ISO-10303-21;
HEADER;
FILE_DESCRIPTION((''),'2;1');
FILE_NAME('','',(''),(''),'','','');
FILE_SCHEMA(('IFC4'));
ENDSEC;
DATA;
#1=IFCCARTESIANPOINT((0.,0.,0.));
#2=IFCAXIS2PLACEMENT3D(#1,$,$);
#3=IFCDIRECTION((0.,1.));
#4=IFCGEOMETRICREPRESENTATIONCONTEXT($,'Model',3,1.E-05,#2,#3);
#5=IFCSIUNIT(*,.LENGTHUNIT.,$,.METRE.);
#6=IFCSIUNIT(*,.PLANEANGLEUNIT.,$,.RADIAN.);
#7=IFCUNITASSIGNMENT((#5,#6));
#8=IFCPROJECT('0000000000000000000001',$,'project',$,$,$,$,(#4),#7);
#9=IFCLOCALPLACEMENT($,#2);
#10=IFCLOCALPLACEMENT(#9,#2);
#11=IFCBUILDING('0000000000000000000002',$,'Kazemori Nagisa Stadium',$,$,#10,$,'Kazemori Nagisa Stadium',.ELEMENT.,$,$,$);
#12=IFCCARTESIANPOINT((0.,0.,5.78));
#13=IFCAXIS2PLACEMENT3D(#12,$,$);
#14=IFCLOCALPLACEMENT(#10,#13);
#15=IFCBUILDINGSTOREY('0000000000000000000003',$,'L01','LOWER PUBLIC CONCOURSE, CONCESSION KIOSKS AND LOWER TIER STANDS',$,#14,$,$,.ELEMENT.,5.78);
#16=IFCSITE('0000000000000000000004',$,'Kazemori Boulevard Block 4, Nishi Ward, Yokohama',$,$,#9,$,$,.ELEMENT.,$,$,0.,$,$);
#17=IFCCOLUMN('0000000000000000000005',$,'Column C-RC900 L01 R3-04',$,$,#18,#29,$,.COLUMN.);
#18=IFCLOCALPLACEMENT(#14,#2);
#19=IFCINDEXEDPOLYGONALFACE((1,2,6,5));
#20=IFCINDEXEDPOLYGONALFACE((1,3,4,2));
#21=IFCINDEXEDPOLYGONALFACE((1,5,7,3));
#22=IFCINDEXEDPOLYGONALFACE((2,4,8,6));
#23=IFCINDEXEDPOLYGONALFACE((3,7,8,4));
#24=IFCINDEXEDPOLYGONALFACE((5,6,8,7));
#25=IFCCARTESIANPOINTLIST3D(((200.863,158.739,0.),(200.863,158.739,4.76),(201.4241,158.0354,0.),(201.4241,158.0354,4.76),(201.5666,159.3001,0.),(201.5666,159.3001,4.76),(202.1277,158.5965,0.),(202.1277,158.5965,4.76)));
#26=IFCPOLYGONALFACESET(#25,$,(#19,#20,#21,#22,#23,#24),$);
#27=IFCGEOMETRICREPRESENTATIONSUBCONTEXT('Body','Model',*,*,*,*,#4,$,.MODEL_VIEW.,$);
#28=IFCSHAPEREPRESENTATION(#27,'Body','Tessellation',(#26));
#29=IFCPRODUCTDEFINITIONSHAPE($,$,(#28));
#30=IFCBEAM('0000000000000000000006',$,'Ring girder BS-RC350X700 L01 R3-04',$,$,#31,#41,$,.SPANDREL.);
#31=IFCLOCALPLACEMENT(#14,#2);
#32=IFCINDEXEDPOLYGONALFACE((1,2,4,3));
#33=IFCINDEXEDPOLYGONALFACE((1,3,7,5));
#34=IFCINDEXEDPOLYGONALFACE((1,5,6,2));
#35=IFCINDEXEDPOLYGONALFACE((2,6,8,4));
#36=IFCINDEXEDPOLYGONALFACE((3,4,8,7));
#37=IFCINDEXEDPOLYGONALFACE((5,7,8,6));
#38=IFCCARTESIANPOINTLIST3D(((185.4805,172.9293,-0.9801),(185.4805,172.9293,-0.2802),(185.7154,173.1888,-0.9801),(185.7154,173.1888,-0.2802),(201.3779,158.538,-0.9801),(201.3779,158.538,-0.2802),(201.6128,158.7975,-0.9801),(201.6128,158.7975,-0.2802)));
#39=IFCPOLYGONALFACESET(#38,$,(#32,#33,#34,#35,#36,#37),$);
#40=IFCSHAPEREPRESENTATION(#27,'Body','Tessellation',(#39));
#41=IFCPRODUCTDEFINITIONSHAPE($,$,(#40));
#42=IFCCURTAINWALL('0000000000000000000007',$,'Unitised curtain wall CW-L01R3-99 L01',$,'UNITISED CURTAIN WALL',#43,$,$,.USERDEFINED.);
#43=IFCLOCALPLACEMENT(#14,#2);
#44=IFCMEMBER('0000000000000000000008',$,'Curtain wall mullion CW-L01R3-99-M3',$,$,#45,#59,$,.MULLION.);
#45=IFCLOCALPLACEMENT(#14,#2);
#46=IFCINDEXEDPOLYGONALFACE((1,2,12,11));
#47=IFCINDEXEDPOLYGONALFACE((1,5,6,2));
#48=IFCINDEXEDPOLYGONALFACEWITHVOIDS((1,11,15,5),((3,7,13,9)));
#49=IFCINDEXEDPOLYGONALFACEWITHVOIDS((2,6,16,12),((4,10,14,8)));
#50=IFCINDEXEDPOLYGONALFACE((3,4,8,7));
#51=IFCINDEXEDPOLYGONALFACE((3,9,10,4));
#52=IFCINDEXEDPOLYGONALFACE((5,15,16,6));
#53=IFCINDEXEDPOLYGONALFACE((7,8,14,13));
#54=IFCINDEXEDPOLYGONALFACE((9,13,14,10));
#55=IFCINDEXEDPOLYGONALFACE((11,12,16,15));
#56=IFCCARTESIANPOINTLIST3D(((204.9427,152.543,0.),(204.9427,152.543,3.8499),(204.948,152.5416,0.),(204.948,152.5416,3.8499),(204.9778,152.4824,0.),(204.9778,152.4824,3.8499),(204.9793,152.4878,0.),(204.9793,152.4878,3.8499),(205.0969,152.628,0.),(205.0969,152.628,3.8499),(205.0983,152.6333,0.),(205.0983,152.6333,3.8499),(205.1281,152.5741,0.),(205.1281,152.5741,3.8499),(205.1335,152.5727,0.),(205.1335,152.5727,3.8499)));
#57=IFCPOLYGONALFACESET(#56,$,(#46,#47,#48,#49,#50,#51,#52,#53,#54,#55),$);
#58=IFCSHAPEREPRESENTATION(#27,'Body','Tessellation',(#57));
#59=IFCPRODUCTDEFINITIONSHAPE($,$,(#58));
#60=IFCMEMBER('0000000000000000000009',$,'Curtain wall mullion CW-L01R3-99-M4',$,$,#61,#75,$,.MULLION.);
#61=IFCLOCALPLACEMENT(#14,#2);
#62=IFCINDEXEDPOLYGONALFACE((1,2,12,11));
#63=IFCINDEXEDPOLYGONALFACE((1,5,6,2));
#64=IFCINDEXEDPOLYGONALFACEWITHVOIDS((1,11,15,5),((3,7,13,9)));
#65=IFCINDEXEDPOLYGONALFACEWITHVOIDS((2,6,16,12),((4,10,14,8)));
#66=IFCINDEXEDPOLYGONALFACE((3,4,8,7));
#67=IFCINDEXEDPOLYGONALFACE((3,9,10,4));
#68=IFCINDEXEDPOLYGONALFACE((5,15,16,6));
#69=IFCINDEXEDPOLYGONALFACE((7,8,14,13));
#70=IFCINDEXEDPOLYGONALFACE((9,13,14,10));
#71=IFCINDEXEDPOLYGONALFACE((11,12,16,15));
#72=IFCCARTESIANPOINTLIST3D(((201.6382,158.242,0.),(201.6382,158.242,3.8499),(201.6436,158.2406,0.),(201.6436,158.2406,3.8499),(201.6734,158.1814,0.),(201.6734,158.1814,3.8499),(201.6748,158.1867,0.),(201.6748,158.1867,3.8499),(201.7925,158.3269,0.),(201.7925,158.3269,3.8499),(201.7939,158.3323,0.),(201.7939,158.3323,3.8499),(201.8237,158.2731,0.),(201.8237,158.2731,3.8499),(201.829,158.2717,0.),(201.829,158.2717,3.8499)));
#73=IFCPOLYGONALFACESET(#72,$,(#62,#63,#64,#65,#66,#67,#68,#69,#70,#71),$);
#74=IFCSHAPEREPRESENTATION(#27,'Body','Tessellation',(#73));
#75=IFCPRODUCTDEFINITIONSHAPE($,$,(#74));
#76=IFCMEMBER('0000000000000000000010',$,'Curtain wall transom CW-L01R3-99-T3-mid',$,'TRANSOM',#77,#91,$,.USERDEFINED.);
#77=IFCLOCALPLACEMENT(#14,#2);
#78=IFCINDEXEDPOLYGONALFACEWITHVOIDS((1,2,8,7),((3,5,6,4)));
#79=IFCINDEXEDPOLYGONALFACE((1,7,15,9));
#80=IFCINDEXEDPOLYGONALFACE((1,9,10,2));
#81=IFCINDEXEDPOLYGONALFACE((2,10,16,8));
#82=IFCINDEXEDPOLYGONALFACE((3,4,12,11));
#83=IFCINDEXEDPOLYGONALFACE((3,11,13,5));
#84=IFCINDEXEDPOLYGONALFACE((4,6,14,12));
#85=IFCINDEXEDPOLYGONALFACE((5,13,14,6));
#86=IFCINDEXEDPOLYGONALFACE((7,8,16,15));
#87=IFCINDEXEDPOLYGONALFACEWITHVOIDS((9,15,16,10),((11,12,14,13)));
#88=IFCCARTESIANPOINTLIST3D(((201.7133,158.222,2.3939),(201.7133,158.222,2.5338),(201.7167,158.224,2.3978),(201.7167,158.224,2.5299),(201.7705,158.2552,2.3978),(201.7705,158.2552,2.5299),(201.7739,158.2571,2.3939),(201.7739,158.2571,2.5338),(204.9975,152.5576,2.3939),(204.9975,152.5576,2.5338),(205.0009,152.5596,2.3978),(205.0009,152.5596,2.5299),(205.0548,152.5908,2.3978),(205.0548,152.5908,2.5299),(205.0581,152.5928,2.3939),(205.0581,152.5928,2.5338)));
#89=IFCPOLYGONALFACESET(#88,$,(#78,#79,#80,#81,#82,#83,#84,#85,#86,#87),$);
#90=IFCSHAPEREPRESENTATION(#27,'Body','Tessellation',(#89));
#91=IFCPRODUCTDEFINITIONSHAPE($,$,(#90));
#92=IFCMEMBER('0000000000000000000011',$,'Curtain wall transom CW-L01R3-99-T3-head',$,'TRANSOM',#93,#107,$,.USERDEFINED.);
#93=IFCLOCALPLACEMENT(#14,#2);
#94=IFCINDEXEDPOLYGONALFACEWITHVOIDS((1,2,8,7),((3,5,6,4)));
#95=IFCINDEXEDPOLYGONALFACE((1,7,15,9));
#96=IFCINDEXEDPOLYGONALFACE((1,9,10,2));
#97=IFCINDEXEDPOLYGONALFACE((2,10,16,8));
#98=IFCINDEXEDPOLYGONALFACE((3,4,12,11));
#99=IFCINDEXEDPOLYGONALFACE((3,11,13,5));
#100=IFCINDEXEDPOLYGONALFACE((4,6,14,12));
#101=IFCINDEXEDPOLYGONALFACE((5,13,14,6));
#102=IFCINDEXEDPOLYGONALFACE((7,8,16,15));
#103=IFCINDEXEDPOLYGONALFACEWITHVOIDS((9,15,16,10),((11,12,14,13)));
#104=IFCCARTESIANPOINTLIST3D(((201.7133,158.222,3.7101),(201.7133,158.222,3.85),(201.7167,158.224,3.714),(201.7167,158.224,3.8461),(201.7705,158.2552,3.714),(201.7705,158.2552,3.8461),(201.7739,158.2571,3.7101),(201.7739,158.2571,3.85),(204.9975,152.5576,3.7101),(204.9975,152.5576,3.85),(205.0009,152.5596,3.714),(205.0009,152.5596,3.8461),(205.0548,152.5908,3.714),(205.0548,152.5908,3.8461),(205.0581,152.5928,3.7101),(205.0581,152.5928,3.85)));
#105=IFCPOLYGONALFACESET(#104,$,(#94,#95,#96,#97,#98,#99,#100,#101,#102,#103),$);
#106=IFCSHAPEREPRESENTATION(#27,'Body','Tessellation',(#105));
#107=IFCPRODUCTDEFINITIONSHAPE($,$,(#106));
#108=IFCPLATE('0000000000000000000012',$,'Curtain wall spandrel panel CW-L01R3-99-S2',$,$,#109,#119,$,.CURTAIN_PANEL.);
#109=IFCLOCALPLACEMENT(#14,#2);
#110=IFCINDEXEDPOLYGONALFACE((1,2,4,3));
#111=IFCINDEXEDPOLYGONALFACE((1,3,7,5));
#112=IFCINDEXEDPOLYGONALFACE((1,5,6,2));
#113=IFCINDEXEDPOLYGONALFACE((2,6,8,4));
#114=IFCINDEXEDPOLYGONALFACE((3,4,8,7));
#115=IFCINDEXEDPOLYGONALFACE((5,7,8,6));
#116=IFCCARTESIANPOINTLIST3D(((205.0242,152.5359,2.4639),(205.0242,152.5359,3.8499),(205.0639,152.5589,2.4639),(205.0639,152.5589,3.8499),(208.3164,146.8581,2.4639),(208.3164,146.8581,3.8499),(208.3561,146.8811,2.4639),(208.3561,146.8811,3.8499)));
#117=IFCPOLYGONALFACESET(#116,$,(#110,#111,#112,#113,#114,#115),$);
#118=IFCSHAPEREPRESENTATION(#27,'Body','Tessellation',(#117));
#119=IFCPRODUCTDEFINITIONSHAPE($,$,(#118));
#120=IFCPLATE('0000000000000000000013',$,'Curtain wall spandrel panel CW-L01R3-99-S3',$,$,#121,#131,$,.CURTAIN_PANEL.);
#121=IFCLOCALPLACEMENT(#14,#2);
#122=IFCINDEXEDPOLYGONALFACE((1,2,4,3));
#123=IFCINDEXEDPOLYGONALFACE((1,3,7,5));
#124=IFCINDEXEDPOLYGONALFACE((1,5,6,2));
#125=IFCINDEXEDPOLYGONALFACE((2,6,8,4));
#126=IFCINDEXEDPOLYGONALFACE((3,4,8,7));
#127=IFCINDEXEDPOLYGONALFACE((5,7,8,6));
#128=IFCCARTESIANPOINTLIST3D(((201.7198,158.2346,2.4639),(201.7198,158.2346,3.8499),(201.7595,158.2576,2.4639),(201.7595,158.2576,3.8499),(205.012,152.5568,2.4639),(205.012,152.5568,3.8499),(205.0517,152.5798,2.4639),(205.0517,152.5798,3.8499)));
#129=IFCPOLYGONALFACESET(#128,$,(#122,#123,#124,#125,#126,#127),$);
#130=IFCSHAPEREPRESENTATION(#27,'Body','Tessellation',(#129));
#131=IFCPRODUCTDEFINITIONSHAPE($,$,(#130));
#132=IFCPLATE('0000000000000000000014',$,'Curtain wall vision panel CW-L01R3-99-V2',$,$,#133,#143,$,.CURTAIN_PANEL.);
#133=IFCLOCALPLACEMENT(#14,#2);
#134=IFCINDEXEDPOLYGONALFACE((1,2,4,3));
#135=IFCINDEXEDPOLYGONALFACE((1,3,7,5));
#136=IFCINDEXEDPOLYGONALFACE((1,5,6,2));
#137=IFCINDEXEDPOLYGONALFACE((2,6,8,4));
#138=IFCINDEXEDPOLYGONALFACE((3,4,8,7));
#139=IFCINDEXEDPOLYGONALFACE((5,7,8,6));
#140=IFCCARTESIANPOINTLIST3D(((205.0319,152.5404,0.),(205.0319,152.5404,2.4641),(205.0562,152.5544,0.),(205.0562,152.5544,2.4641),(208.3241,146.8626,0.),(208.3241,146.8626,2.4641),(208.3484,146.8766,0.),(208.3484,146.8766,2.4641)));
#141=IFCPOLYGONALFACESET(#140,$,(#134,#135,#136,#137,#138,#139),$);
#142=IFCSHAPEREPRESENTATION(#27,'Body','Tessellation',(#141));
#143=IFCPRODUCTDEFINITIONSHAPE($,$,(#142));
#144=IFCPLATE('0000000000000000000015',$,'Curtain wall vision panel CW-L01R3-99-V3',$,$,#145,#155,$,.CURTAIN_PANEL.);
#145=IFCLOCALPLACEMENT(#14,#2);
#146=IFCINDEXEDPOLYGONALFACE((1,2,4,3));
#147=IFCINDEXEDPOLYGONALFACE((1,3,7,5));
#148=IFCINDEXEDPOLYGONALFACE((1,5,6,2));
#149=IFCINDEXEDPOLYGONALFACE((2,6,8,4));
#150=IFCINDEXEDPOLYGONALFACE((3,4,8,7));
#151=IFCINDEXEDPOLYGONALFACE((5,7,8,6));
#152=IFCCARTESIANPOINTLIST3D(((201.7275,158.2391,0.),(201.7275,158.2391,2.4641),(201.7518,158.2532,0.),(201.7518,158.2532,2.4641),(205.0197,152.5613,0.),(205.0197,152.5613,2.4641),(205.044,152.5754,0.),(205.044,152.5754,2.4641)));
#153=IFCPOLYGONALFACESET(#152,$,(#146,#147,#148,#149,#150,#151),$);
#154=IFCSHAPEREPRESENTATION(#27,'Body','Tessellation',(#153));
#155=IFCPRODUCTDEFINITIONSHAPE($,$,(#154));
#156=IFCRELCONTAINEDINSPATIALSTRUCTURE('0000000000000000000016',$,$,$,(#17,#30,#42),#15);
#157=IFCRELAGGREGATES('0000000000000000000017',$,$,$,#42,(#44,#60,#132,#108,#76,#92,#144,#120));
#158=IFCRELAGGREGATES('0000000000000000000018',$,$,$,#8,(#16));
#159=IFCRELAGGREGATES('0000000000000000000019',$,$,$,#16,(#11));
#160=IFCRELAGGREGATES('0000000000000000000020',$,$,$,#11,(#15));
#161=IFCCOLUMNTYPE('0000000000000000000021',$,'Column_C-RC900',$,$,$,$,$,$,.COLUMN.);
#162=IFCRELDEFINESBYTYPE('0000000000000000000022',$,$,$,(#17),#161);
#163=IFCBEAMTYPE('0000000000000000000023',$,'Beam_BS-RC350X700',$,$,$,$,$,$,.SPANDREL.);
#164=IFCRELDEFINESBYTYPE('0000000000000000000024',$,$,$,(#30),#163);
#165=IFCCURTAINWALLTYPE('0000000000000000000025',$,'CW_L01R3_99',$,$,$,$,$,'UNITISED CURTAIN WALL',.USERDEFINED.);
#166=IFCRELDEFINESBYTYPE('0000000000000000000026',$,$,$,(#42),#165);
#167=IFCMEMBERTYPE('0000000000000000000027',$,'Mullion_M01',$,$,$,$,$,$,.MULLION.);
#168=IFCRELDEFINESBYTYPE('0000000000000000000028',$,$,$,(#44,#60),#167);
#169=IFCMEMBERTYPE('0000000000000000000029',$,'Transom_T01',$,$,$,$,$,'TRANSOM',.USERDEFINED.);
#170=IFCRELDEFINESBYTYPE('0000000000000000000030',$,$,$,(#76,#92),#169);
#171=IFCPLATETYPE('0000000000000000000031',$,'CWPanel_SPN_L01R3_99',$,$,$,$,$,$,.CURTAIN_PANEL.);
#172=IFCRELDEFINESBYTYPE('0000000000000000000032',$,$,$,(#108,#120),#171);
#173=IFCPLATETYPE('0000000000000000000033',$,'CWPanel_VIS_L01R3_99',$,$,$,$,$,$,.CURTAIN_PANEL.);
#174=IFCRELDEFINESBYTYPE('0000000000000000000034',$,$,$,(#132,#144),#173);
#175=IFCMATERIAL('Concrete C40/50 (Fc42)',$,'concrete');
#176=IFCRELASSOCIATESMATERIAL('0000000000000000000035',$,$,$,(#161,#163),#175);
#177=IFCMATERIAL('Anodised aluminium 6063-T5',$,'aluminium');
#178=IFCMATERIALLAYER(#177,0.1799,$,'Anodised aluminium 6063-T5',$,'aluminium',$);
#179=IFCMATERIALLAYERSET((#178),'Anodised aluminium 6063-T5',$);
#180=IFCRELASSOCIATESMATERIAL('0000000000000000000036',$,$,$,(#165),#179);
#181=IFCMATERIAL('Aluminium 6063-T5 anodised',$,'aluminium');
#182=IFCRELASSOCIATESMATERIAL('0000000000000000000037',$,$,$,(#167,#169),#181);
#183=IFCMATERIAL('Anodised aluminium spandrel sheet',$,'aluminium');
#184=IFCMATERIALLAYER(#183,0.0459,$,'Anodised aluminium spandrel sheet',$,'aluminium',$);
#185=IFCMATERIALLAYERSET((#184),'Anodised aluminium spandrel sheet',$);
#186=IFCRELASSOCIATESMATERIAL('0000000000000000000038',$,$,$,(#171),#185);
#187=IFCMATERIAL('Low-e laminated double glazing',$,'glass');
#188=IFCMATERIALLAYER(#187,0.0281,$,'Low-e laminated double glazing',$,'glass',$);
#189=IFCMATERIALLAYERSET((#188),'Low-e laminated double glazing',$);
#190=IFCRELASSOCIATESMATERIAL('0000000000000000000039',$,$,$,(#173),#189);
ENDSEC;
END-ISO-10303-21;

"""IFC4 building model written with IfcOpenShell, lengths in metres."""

from ifc_helpers import new_model, si_unit, direction, frame, origin, origin_2d, place, context, subcontext, project, spatial, rectangle, hollow_rectangle, extrude, material, layer, layer_set, material_profile, profile_set, type_object, element, aggregate, save


model = new_model("IFC4")

# Units and contexts
model_context = context("Model", 3, precision=1e-05, world=origin(), true_north=direction((0.0, 1.0)))
body_context = subcontext(model_context, "Body", "Model", "MODEL_VIEW")
ifc_project = project(units=[si_unit("LENGTHUNIT", "METRE"), si_unit("PLANEANGLEUNIT", "RADIAN")], contexts=[model_context])

# Site, building, storey
site_placement = place(None, origin())
site = spatial("IfcSite", under=ifc_project, at=site_placement, Name="Kazemori Boulevard Block 4, Nishi Ward, Yokohama", CompositionType="ELEMENT", RefElevation=0.0)
building_placement = place(site_placement, origin())
building = spatial("IfcBuilding", under=site, at=building_placement, Name="Kazemori Nagisa Stadium", LongName="Kazemori Nagisa Stadium", CompositionType="ELEMENT")
storey_placement = place(building_placement, frame((0.0, 0.0, 5.78)))
storey = spatial("IfcBuildingStorey", under=building, at=storey_placement, Name="L01", Description="LOWER PUBLIC CONCOURSE, CONCESSION KIOSKS AND LOWER TIER STANDS", CompositionType="ELEMENT", Elevation=5.78)

# Column
ifc_material_1 = material(Name="Concrete C40/50 (Fc42)", Category="concrete")
ifc_material_profile_1 = material_profile(ifc_material_1, rectangle(XDim=0.8999, YDim=0.8999, at=origin_2d()), Name="RC-COL-900x900")
ifc_profile_set_1 = profile_set([ifc_material_profile_1], Name="Concrete C40/50 (Fc42)")
column_type = type_object("IfcColumnType", Name="Column_C-RC900", PredefinedType="COLUMN", material=ifc_profile_set_1)
column_placement = place(storey_placement, frame((201.4954, 158.6677, 0.0), z_axis=(0.0, 0.0, 1.0), x_axis=(0.781831, 0.62349, 0.0)))
element("IfcColumn", 1, at=column_placement, inside=storey, type_object=column_type, Name="Column C-RC900 L01 R3-04", PredefinedType="COLUMN", context=body_context, shape_type="SweptSolid", body=[
    extrude(rectangle(XDim=0.8999, YDim=0.8999, at=origin_2d()), origin(), (0.0, 0.0, 1.0), 4.76),
])

# Beam
ifc_material_profile_2 = material_profile(ifc_material_1, rectangle(XDim=0.3501, YDim=0.7, at=origin_2d()), Name="RC-SP-350x700")
ifc_profile_set_2 = profile_set([ifc_material_profile_2], Name="Concrete C40/50 (Fc42)")
beam_type = type_object("IfcBeamType", Name="Beam_BS-RC350X700", PredefinedType="SPANDREL", material=ifc_profile_set_2)
beam_placement = place(storey_placement, frame((201.4954, 158.6677, -0.6301), z_axis=(-0.741352, 0.671117, 0.0), x_axis=(-0.671117, -0.741352, 0.0)))
element("IfcBeam", 2, at=beam_placement, inside=storey, type_object=beam_type, Name="Ring girder BS-RC350X700 L01 R3-04", PredefinedType="SPANDREL", context=body_context, shape_type="SweptSolid", body=[
    extrude(rectangle(XDim=0.3501, YDim=0.7, at=origin_2d()), origin(), (0.0, 0.0, 1.0), 21.4438),
])

# Curtain wall, members, plates
ifc_material_2 = material(Name="Anodised aluminium 6063-T5", Category="aluminium")
ifc_layer_1 = layer(ifc_material_2, 0.1799, Name="Anodised aluminium 6063-T5", Category="aluminium")
ifc_layer_set_1 = layer_set([ifc_layer_1], Name="Anodised aluminium 6063-T5")
curtain_wall_type = type_object("IfcCurtainWallType", Name="CW_L01R3_99", ElementType="UNITISED CURTAIN WALL", PredefinedType="USERDEFINED", material=ifc_layer_set_1)
curtain_wall_placement = place(storey_placement, origin())
curtain_wall = element("IfcCurtainWall", 3, at=curtain_wall_placement, inside=storey, type_object=curtain_wall_type, Name="Unitised curtain wall CW-L01R3-99 L01", ObjectType="UNITISED CURTAIN WALL", PredefinedType="USERDEFINED")
ifc_material_3 = material(Name="Aluminium 6063-T5 anodised", Category="aluminium")
ifc_material_profile_3 = material_profile(ifc_material_3, hollow_rectangle(XDim=0.0701, YDim=0.1799, WallThickness=0.0039, at=origin_2d()), Name="ALU-MULL-70x180x4")
ifc_profile_set_3 = profile_set([ifc_material_profile_3], Name="Aluminium 6063-T5 anodised")
member_type_1 = type_object("IfcMemberType", Name="Mullion_M01", PredefinedType="MULLION", material=ifc_profile_set_3)
member_1_placement = place(storey_placement, frame((205.0381, 152.5579, 0.0), z_axis=(0.0, 0.0, 1.0), x_axis=(-0.501612, 0.865093, 0.0)))
member_1 = element("IfcMember", 4, at=member_1_placement, type_object=member_type_1, Name="Curtain wall mullion CW-L01R3-99-M3", PredefinedType="MULLION", context=body_context, shape_type="SweptSolid", body=[
    extrude(hollow_rectangle(XDim=0.0701, YDim=0.1799, WallThickness=0.0039, at=origin_2d()), origin(), (0.0, 0.0, 1.0), 3.8499),
])
member_2_placement = place(storey_placement, frame((201.7336, 158.2568, 0.0), z_axis=(0.0, 0.0, 1.0), x_axis=(-0.501612, 0.865093, 0.0)))
member_2 = element("IfcMember", 5, at=member_2_placement, type_object=member_type_1, Name="Curtain wall mullion CW-L01R3-99-M4", PredefinedType="MULLION", context=body_context, shape_type="SweptSolid", body=[
    extrude(hollow_rectangle(XDim=0.0701, YDim=0.1799, WallThickness=0.0039, at=origin_2d()), origin(), (0.0, 0.0, 1.0), 3.8499),
])
ifc_material_profile_4 = material_profile(ifc_material_3, hollow_rectangle(XDim=0.0701, YDim=0.1399, WallThickness=0.0039, at=origin_2d()), Name="ALU-TRAN-70x140x4")
ifc_profile_set_4 = profile_set([ifc_material_profile_4], Name="Aluminium 6063-T5 anodised")
member_type_2 = type_object("IfcMemberType", Name="Transom_T01", ElementType="TRANSOM", PredefinedType="USERDEFINED", material=ifc_profile_set_4)
member_3_placement = place(storey_placement, frame((205.0278, 152.5752, 2.4639), z_axis=(-0.50159, 0.865105, 0.0), x_axis=(-0.865105, -0.50159, 0.0)))
member_3 = element("IfcMember", 6, at=member_3_placement, type_object=member_type_2, Name="Curtain wall transom CW-L01R3-99-T3-mid", ObjectType="TRANSOM", PredefinedType="USERDEFINED", context=body_context, shape_type="SweptSolid", body=[
    extrude(hollow_rectangle(XDim=0.0701, YDim=0.1399, WallThickness=0.0039, at=origin_2d()), origin(), (0.0, 0.0, 1.0), 6.5476),
])
member_4_placement = place(storey_placement, frame((205.0278, 152.5752, 3.78), z_axis=(-0.50159, 0.865105, 0.0), x_axis=(-0.865105, -0.50159, 0.0)))
member_4 = element("IfcMember", 7, at=member_4_placement, type_object=member_type_2, Name="Curtain wall transom CW-L01R3-99-T3-head", ObjectType="TRANSOM", PredefinedType="USERDEFINED", context=body_context, shape_type="SweptSolid", body=[
    extrude(hollow_rectangle(XDim=0.0701, YDim=0.1399, WallThickness=0.0039, at=origin_2d()), origin(), (0.0, 0.0, 1.0), 6.5476),
])
ifc_material_4 = material(Name="Anodised aluminium spandrel sheet", Category="aluminium")
ifc_layer_2 = layer(ifc_material_4, 0.0459, Name="Anodised aluminium spandrel sheet", Category="aluminium")
ifc_layer_set_2 = layer_set([ifc_layer_2], Name="Anodised aluminium spandrel sheet")
plate_type_1 = type_object("IfcPlateType", Name="CWPanel_SPN_L01R3_99", PredefinedType="CURTAIN_PANEL", material=ifc_layer_set_2)
plate_1_placement = place(storey_placement, frame((206.6902, 149.7085, 2.4639), z_axis=(0.0, 0.0, 1.0), x_axis=(-0.501612, 0.865093, 0.0)))
plate_1 = element("IfcPlate", 8, at=plate_1_placement, type_object=plate_type_1, Name="Curtain wall spandrel panel CW-L01R3-99-S2", PredefinedType="CURTAIN_PANEL", context=body_context, shape_type="SweptSolid", body=[
    extrude(rectangle(XDim=6.5632, YDim=0.0459, at=origin_2d()), origin(), (0.0, 0.0, 1.0), 1.386),
])
plate_2_placement = place(storey_placement, frame((203.3857, 155.4072, 2.4639), z_axis=(0.0, 0.0, 1.0), x_axis=(-0.501612, 0.865093, 0.0)))
plate_2 = element("IfcPlate", 9, at=plate_2_placement, type_object=plate_type_1, Name="Curtain wall spandrel panel CW-L01R3-99-S3", PredefinedType="CURTAIN_PANEL", context=body_context, shape_type="SweptSolid", body=[
    extrude(rectangle(XDim=6.5632, YDim=0.0459, at=origin_2d()), origin(), (0.0, 0.0, 1.0), 1.386),
])
ifc_material_5 = material(Name="Low-e laminated double glazing", Category="glass")
ifc_layer_3 = layer(ifc_material_5, 0.0281, Name="Low-e laminated double glazing", Category="glass")
ifc_layer_set_3 = layer_set([ifc_layer_3], Name="Low-e laminated double glazing")
plate_type_2 = type_object("IfcPlateType", Name="CWPanel_VIS_L01R3_99", PredefinedType="CURTAIN_PANEL", material=ifc_layer_set_3)
plate_3_placement = place(storey_placement, frame((206.6902, 149.7085, 0.0), z_axis=(0.0, 0.0, 1.0), x_axis=(-0.501612, 0.865093, 0.0)))
plate_3 = element("IfcPlate", 10, at=plate_3_placement, type_object=plate_type_2, Name="Curtain wall vision panel CW-L01R3-99-V2", PredefinedType="CURTAIN_PANEL", context=body_context, shape_type="SweptSolid", body=[
    extrude(rectangle(XDim=6.5632, YDim=0.0281, at=origin_2d()), origin(), (0.0, 0.0, 1.0), 2.4641),
])
plate_4_placement = place(storey_placement, frame((203.3857, 155.4072, 0.0), z_axis=(0.0, 0.0, 1.0), x_axis=(-0.501612, 0.865093, 0.0)))
plate_4 = element("IfcPlate", 11, at=plate_4_placement, type_object=plate_type_2, Name="Curtain wall vision panel CW-L01R3-99-V3", PredefinedType="CURTAIN_PANEL", context=body_context, shape_type="SweptSolid", body=[
    extrude(rectangle(XDim=6.5632, YDim=0.0281, at=origin_2d()), origin(), (0.0, 0.0, 1.0), 2.4641),
])
aggregate(curtain_wall, [member_1, member_2, plate_3, plate_1, member_3, member_4, plate_4, plate_2])

save(model, "model.ifc")
